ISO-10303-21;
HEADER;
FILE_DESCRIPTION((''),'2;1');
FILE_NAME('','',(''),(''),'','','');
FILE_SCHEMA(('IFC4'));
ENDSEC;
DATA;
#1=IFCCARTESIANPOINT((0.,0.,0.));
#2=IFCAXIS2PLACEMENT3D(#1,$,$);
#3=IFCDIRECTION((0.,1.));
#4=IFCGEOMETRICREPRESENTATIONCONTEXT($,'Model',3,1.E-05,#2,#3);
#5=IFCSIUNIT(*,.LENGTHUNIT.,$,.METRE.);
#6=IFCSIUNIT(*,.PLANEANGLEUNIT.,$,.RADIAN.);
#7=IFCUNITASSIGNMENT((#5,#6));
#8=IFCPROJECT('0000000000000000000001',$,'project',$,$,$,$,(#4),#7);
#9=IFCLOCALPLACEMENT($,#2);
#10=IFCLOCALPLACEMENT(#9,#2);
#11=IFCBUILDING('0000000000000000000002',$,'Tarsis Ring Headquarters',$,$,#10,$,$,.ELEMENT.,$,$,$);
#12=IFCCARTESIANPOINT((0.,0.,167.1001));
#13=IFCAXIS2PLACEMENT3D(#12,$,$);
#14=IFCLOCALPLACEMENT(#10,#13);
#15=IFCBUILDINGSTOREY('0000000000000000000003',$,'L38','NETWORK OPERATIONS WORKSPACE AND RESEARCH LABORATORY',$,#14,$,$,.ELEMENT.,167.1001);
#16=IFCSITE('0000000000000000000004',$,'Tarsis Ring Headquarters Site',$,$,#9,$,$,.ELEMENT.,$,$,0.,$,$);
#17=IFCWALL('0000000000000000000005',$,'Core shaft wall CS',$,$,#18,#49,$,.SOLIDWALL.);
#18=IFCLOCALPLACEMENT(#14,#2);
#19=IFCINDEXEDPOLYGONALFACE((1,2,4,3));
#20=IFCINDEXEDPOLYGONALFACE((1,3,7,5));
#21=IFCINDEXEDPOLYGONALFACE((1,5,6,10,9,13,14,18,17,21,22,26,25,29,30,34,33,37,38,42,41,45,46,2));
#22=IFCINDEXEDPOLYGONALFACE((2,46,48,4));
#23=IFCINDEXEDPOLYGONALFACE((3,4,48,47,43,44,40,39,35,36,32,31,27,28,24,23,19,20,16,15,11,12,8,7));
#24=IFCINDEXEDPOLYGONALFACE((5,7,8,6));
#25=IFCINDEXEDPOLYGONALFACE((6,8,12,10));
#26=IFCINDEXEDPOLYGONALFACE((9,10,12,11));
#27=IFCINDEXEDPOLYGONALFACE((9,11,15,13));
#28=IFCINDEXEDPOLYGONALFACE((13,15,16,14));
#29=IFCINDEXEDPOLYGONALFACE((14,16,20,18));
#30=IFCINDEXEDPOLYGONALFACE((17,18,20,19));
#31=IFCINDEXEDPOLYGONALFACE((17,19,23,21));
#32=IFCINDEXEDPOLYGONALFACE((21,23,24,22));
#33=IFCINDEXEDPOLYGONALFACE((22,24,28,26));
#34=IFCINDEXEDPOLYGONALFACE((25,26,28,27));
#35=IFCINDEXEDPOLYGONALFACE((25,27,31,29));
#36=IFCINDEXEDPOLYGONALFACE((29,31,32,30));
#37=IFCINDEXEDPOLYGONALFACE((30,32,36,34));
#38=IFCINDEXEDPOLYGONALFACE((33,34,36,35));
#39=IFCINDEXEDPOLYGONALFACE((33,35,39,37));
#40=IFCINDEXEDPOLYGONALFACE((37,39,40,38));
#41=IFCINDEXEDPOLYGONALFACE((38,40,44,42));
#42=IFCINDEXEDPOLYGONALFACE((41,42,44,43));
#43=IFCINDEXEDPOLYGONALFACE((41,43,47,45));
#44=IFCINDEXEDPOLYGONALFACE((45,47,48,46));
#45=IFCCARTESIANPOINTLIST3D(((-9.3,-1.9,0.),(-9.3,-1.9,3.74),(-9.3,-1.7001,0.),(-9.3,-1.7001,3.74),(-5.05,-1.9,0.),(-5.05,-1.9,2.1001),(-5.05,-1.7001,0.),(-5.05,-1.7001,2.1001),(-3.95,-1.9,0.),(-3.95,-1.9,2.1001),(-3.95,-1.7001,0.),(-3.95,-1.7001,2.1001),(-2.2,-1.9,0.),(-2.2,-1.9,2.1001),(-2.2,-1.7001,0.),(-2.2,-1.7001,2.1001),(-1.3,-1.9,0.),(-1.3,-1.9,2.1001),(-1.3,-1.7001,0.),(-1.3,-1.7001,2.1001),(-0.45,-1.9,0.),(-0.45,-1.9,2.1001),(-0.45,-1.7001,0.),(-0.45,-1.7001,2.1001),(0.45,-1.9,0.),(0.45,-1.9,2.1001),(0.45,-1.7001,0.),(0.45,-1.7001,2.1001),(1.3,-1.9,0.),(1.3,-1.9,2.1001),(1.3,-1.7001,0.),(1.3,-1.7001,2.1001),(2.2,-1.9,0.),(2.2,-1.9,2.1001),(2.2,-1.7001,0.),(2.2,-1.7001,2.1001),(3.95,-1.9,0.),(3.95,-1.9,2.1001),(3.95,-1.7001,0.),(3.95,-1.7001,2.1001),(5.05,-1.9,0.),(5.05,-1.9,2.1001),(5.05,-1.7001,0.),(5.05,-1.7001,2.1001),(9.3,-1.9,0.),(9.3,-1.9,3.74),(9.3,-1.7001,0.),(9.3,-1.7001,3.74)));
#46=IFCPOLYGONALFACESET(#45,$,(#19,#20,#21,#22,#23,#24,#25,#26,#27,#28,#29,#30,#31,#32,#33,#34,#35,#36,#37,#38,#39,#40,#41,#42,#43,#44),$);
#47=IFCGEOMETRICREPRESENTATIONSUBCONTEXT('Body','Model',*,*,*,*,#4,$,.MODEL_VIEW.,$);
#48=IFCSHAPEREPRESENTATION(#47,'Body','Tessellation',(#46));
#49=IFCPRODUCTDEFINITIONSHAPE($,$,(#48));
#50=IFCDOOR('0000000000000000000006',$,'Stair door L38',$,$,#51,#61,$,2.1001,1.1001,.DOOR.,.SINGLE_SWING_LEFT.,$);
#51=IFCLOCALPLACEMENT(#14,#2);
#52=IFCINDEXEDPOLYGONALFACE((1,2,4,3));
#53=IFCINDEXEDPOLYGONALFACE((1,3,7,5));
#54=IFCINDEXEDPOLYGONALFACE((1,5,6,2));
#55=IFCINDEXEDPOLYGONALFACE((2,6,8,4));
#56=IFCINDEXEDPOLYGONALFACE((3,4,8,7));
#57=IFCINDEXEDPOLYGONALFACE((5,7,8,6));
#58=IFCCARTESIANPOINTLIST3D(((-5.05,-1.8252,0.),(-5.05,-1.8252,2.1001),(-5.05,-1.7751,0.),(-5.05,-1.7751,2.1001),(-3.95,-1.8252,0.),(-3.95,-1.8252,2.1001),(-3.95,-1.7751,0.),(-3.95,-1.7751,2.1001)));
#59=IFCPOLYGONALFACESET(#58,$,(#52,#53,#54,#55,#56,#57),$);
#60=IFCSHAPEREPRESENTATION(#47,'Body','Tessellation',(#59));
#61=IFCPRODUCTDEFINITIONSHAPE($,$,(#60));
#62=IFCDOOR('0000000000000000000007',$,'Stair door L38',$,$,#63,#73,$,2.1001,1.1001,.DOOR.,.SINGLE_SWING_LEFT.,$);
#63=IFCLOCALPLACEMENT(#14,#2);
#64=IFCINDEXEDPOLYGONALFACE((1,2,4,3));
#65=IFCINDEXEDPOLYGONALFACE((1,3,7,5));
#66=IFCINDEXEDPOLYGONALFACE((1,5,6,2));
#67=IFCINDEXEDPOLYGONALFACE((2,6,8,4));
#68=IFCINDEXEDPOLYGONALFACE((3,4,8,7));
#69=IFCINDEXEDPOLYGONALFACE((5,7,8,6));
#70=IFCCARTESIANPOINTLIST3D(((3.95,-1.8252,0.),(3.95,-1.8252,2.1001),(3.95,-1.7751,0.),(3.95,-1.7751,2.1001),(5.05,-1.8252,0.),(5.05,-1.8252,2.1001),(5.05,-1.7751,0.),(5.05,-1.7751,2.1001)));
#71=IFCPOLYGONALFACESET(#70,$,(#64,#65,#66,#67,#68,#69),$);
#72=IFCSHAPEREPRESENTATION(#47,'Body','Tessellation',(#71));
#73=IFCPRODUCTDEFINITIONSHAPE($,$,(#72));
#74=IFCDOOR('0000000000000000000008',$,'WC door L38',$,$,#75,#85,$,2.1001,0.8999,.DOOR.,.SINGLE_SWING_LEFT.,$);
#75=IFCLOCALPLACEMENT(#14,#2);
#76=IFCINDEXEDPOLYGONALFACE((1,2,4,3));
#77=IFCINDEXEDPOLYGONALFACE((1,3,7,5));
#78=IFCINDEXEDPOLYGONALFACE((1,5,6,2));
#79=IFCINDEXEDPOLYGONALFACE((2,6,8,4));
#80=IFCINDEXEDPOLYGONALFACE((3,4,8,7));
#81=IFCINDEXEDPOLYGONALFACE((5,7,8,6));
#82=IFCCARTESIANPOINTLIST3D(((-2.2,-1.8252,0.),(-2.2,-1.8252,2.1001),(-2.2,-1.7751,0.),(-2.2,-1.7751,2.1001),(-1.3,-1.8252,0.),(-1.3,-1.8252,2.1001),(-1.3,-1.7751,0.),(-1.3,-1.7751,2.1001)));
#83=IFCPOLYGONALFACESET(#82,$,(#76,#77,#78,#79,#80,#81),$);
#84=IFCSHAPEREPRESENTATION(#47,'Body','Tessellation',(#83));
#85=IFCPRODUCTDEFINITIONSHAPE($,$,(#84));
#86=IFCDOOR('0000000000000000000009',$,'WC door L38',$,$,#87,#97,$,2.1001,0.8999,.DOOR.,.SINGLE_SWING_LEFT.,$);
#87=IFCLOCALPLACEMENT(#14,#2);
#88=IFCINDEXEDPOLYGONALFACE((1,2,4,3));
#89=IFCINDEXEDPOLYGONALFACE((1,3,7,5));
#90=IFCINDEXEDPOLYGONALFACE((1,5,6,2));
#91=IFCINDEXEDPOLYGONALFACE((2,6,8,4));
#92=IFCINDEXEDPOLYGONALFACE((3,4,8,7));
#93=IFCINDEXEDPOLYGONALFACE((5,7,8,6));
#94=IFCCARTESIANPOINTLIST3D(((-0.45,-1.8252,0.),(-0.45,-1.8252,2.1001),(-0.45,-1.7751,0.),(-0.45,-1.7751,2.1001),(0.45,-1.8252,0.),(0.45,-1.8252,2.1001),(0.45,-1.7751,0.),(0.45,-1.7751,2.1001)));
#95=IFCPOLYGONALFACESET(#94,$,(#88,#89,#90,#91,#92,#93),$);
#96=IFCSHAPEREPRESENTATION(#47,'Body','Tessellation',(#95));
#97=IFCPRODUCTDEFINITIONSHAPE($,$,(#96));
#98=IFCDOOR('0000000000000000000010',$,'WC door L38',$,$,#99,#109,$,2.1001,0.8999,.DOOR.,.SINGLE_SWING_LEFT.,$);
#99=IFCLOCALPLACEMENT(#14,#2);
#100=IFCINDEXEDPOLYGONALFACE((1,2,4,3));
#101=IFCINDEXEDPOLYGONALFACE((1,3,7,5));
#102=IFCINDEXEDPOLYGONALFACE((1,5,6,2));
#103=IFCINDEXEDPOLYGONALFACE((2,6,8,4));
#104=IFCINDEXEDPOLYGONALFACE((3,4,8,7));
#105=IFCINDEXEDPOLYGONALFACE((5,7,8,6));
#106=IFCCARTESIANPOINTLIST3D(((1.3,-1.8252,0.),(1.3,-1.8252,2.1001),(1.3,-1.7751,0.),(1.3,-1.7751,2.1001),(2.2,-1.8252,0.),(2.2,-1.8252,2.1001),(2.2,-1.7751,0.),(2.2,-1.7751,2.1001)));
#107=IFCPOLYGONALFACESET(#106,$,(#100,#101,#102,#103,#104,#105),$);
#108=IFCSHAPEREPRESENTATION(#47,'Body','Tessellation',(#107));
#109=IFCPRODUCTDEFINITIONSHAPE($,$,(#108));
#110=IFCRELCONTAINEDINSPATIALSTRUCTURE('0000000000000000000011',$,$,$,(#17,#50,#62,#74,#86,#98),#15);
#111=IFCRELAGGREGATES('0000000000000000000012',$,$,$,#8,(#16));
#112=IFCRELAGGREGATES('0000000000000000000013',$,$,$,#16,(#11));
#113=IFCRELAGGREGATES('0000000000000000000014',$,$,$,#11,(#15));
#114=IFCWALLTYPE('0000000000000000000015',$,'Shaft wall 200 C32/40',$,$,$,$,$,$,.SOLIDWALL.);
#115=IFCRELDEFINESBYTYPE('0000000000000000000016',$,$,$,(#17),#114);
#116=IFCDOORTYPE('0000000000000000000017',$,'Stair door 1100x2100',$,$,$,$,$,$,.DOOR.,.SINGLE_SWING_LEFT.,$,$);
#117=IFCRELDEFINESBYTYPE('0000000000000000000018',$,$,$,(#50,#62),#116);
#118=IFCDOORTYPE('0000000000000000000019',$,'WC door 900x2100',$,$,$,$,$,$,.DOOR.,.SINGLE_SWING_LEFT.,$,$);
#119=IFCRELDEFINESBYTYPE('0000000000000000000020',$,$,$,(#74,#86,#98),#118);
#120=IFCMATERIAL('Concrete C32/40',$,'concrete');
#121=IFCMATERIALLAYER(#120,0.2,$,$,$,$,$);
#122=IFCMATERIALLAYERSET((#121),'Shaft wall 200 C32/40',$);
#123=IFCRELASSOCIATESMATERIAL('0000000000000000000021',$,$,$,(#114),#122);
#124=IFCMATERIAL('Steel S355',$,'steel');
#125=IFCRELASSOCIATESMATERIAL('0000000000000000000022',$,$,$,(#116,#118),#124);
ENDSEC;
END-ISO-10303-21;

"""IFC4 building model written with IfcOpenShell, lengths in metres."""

from ifc_helpers import new_model, si_unit, direction, frame, frame_2d, origin, place, context, subcontext, project, spatial, rectangle, extrude, material, layer, layer_set, type_object, element, fill, save


model = new_model("IFC4")

# Units and contexts
model_context = context("Model", 3, precision=1e-05, world=origin(), true_north=direction((0.0, 1.0)))
body_context = subcontext(model_context, "Body", "Model", "MODEL_VIEW")
ifc_project = project(units=[si_unit("LENGTHUNIT", "METRE"), si_unit("PLANEANGLEUNIT", "RADIAN")], contexts=[model_context])

# Site, building, storey
site_placement = place(None, origin())
site = spatial("IfcSite", under=ifc_project, at=site_placement, Name="Tarsis Ring Headquarters Site", CompositionType="ELEMENT", RefElevation=0.0)
building_placement = place(site_placement, origin())
building = spatial("IfcBuilding", under=site, at=building_placement, Name="Tarsis Ring Headquarters", CompositionType="ELEMENT")
storey_placement = place(building_placement, frame((0.0, 0.0, 167.1001)))
storey = spatial("IfcBuildingStorey", under=building, at=storey_placement, Name="L38", Description="NETWORK OPERATIONS WORKSPACE AND RESEARCH LABORATORY", CompositionType="ELEMENT", Elevation=167.1001)

# Wall, openings, doors
ifc_material_1 = material(Name="Concrete C32/40", Category="concrete")
ifc_layer_1 = layer(ifc_material_1, 0.2)
ifc_layer_set_1 = layer_set([ifc_layer_1], Name="Shaft wall 200 C32/40")
wall_type_1 = type_object("IfcWallType", Name="Shaft wall 200 C32/40", PredefinedType="SOLIDWALL", material=ifc_layer_set_1)
wall_1_placement = place(storey_placement, frame((-9.3, -1.8, 0.0), z_axis=(0.0, 0.0, 1.0), x_axis=(1.0, 0.0, 0.0)))
wall_1 = element("IfcWall", 1, at=wall_1_placement, inside=storey, type_object=wall_type_1, Name="Core shaft wall CS", PredefinedType="SOLIDWALL", context=body_context, shape_type="SweptSolid", body=[
    extrude(rectangle(XDim=18.6001, YDim=0.2, at=frame_2d((9.3, 0.0))), origin(), (0.0, 0.0, 1.0), 3.74),
])
opening_1_placement = place(wall_1_placement, frame((4.25, 0.0, 0.0)))
opening_1 = element("IfcOpeningElement", 2, at=opening_1_placement, cuts=wall_1, PredefinedType="OPENING", context=body_context, shape_type="SweptSolid", body=[
    extrude(rectangle(XDim=1.1001, YDim=2.1001, at=frame_2d((0.55, 1.05))), frame((0.0, 0.1099, 0.0), z_axis=(0.0, -1.0, 0.0), x_axis=(1.0, 0.0, 0.0)), (0.0, 0.0, 1.0), 0.22),
])
opening_2_placement = place(wall_1_placement, frame((7.1001, 0.0, 0.0)))
opening_2 = element("IfcOpeningElement", 3, at=opening_2_placement, cuts=wall_1, PredefinedType="OPENING", context=body_context, shape_type="SweptSolid", body=[
    extrude(rectangle(XDim=0.8999, YDim=2.1001, at=frame_2d((0.45, 1.05))), frame((0.0, 0.1099, 0.0), z_axis=(0.0, -1.0, 0.0), x_axis=(1.0, 0.0, 0.0)), (0.0, 0.0, 1.0), 0.22),
])
opening_3_placement = place(wall_1_placement, frame((8.8501, 0.0, 0.0)))
opening_3 = element("IfcOpeningElement", 4, at=opening_3_placement, cuts=wall_1, PredefinedType="OPENING", context=body_context, shape_type="SweptSolid", body=[
    extrude(rectangle(XDim=0.8999, YDim=2.1001, at=frame_2d((0.45, 1.05))), frame((0.0, 0.1099, 0.0), z_axis=(0.0, -1.0, 0.0), x_axis=(1.0, 0.0, 0.0)), (0.0, 0.0, 1.0), 0.22),
])
opening_4_placement = place(wall_1_placement, frame((10.6001, 0.0, 0.0)))
opening_4 = element("IfcOpeningElement", 5, at=opening_4_placement, cuts=wall_1, PredefinedType="OPENING", context=body_context, shape_type="SweptSolid", body=[
    extrude(rectangle(XDim=0.8999, YDim=2.1001, at=frame_2d((0.45, 1.05))), frame((0.0, 0.1099, 0.0), z_axis=(0.0, -1.0, 0.0), x_axis=(1.0, 0.0, 0.0)), (0.0, 0.0, 1.0), 0.22),
])
opening_5_placement = place(wall_1_placement, frame((13.25, 0.0, 0.0)))
opening_5 = element("IfcOpeningElement", 6, at=opening_5_placement, cuts=wall_1, PredefinedType="OPENING", context=body_context, shape_type="SweptSolid", body=[
    extrude(rectangle(XDim=1.1001, YDim=2.1001, at=frame_2d((0.55, 1.05))), frame((0.0, 0.1099, 0.0), z_axis=(0.0, -1.0, 0.0), x_axis=(1.0, 0.0, 0.0)), (0.0, 0.0, 1.0), 0.22),
])
ifc_material_2 = material(Name="Steel S355", Category="steel")
door_type_1 = type_object("IfcDoorType", Name="Stair door 1100x2100", OperationType="SINGLE_SWING_LEFT", PredefinedType="DOOR", material=ifc_material_2)
door_1_placement = place(opening_1_placement, origin())
door_1 = element("IfcDoor", 7, at=door_1_placement, inside=storey, type_object=door_type_1, Name="Stair door L38", OperationType="SINGLE_SWING_LEFT", OverallHeight=2.1001, OverallWidth=1.1001, PredefinedType="DOOR", context=body_context, shape_type="SweptSolid", body=[
    extrude(rectangle(XDim=1.1001, YDim=2.1001, at=frame_2d((0.55, 1.05))), frame((0.0, 0.0249, 0.0), z_axis=(0.0, -1.0, 0.0), x_axis=(1.0, 0.0, 0.0)), (0.0, 0.0, 1.0), 0.05),
])
fill(opening_1, door_1)
door_2_placement = place(opening_5_placement, origin())
door_2 = element("IfcDoor", 8, at=door_2_placement, inside=storey, type_object=door_type_1, Name="Stair door L38", OperationType="SINGLE_SWING_LEFT", OverallHeight=2.1001, OverallWidth=1.1001, PredefinedType="DOOR", context=body_context, shape_type="SweptSolid", body=[
    extrude(rectangle(XDim=1.1001, YDim=2.1001, at=frame_2d((0.55, 1.05))), frame((0.0, 0.0249, 0.0), z_axis=(0.0, -1.0, 0.0), x_axis=(1.0, 0.0, 0.0)), (0.0, 0.0, 1.0), 0.05),
])
fill(opening_5, door_2)
door_type_2 = type_object("IfcDoorType", Name="WC door 900x2100", OperationType="SINGLE_SWING_LEFT", PredefinedType="DOOR", material=ifc_material_2)
door_3_placement = place(opening_2_placement, origin())
door_3 = element("IfcDoor", 9, at=door_3_placement, inside=storey, type_object=door_type_2, Name="WC door L38", OperationType="SINGLE_SWING_LEFT", OverallHeight=2.1001, OverallWidth=0.8999, PredefinedType="DOOR", context=body_context, shape_type="SweptSolid", body=[
    extrude(rectangle(XDim=0.8999, YDim=2.1001, at=frame_2d((0.45, 1.05))), frame((0.0, 0.0249, 0.0), z_axis=(0.0, -1.0, 0.0), x_axis=(1.0, 0.0, 0.0)), (0.0, 0.0, 1.0), 0.05),
])
fill(opening_2, door_3)
door_4_placement = place(opening_3_placement, origin())
door_4 = element("IfcDoor", 10, at=door_4_placement, inside=storey, type_object=door_type_2, Name="WC door L38", OperationType="SINGLE_SWING_LEFT", OverallHeight=2.1001, OverallWidth=0.8999, PredefinedType="DOOR", context=body_context, shape_type="SweptSolid", body=[
    extrude(rectangle(XDim=0.8999, YDim=2.1001, at=frame_2d((0.45, 1.05))), frame((0.0, 0.0249, 0.0), z_axis=(0.0, -1.0, 0.0), x_axis=(1.0, 0.0, 0.0)), (0.0, 0.0, 1.0), 0.05),
])
fill(opening_3, door_4)
door_5_placement = place(opening_4_placement, origin())
door_5 = element("IfcDoor", 11, at=door_5_placement, inside=storey, type_object=door_type_2, Name="WC door L38", OperationType="SINGLE_SWING_LEFT", OverallHeight=2.1001, OverallWidth=0.8999, PredefinedType="DOOR", context=body_context, shape_type="SweptSolid", body=[
    extrude(rectangle(XDim=0.8999, YDim=2.1001, at=frame_2d((0.45, 1.05))), frame((0.0, 0.0249, 0.0), z_axis=(0.0, -1.0, 0.0), x_axis=(1.0, 0.0, 0.0)), (0.0, 0.0, 1.0), 0.05),
])
fill(opening_4, door_5)

save(model, "model.ifc")
